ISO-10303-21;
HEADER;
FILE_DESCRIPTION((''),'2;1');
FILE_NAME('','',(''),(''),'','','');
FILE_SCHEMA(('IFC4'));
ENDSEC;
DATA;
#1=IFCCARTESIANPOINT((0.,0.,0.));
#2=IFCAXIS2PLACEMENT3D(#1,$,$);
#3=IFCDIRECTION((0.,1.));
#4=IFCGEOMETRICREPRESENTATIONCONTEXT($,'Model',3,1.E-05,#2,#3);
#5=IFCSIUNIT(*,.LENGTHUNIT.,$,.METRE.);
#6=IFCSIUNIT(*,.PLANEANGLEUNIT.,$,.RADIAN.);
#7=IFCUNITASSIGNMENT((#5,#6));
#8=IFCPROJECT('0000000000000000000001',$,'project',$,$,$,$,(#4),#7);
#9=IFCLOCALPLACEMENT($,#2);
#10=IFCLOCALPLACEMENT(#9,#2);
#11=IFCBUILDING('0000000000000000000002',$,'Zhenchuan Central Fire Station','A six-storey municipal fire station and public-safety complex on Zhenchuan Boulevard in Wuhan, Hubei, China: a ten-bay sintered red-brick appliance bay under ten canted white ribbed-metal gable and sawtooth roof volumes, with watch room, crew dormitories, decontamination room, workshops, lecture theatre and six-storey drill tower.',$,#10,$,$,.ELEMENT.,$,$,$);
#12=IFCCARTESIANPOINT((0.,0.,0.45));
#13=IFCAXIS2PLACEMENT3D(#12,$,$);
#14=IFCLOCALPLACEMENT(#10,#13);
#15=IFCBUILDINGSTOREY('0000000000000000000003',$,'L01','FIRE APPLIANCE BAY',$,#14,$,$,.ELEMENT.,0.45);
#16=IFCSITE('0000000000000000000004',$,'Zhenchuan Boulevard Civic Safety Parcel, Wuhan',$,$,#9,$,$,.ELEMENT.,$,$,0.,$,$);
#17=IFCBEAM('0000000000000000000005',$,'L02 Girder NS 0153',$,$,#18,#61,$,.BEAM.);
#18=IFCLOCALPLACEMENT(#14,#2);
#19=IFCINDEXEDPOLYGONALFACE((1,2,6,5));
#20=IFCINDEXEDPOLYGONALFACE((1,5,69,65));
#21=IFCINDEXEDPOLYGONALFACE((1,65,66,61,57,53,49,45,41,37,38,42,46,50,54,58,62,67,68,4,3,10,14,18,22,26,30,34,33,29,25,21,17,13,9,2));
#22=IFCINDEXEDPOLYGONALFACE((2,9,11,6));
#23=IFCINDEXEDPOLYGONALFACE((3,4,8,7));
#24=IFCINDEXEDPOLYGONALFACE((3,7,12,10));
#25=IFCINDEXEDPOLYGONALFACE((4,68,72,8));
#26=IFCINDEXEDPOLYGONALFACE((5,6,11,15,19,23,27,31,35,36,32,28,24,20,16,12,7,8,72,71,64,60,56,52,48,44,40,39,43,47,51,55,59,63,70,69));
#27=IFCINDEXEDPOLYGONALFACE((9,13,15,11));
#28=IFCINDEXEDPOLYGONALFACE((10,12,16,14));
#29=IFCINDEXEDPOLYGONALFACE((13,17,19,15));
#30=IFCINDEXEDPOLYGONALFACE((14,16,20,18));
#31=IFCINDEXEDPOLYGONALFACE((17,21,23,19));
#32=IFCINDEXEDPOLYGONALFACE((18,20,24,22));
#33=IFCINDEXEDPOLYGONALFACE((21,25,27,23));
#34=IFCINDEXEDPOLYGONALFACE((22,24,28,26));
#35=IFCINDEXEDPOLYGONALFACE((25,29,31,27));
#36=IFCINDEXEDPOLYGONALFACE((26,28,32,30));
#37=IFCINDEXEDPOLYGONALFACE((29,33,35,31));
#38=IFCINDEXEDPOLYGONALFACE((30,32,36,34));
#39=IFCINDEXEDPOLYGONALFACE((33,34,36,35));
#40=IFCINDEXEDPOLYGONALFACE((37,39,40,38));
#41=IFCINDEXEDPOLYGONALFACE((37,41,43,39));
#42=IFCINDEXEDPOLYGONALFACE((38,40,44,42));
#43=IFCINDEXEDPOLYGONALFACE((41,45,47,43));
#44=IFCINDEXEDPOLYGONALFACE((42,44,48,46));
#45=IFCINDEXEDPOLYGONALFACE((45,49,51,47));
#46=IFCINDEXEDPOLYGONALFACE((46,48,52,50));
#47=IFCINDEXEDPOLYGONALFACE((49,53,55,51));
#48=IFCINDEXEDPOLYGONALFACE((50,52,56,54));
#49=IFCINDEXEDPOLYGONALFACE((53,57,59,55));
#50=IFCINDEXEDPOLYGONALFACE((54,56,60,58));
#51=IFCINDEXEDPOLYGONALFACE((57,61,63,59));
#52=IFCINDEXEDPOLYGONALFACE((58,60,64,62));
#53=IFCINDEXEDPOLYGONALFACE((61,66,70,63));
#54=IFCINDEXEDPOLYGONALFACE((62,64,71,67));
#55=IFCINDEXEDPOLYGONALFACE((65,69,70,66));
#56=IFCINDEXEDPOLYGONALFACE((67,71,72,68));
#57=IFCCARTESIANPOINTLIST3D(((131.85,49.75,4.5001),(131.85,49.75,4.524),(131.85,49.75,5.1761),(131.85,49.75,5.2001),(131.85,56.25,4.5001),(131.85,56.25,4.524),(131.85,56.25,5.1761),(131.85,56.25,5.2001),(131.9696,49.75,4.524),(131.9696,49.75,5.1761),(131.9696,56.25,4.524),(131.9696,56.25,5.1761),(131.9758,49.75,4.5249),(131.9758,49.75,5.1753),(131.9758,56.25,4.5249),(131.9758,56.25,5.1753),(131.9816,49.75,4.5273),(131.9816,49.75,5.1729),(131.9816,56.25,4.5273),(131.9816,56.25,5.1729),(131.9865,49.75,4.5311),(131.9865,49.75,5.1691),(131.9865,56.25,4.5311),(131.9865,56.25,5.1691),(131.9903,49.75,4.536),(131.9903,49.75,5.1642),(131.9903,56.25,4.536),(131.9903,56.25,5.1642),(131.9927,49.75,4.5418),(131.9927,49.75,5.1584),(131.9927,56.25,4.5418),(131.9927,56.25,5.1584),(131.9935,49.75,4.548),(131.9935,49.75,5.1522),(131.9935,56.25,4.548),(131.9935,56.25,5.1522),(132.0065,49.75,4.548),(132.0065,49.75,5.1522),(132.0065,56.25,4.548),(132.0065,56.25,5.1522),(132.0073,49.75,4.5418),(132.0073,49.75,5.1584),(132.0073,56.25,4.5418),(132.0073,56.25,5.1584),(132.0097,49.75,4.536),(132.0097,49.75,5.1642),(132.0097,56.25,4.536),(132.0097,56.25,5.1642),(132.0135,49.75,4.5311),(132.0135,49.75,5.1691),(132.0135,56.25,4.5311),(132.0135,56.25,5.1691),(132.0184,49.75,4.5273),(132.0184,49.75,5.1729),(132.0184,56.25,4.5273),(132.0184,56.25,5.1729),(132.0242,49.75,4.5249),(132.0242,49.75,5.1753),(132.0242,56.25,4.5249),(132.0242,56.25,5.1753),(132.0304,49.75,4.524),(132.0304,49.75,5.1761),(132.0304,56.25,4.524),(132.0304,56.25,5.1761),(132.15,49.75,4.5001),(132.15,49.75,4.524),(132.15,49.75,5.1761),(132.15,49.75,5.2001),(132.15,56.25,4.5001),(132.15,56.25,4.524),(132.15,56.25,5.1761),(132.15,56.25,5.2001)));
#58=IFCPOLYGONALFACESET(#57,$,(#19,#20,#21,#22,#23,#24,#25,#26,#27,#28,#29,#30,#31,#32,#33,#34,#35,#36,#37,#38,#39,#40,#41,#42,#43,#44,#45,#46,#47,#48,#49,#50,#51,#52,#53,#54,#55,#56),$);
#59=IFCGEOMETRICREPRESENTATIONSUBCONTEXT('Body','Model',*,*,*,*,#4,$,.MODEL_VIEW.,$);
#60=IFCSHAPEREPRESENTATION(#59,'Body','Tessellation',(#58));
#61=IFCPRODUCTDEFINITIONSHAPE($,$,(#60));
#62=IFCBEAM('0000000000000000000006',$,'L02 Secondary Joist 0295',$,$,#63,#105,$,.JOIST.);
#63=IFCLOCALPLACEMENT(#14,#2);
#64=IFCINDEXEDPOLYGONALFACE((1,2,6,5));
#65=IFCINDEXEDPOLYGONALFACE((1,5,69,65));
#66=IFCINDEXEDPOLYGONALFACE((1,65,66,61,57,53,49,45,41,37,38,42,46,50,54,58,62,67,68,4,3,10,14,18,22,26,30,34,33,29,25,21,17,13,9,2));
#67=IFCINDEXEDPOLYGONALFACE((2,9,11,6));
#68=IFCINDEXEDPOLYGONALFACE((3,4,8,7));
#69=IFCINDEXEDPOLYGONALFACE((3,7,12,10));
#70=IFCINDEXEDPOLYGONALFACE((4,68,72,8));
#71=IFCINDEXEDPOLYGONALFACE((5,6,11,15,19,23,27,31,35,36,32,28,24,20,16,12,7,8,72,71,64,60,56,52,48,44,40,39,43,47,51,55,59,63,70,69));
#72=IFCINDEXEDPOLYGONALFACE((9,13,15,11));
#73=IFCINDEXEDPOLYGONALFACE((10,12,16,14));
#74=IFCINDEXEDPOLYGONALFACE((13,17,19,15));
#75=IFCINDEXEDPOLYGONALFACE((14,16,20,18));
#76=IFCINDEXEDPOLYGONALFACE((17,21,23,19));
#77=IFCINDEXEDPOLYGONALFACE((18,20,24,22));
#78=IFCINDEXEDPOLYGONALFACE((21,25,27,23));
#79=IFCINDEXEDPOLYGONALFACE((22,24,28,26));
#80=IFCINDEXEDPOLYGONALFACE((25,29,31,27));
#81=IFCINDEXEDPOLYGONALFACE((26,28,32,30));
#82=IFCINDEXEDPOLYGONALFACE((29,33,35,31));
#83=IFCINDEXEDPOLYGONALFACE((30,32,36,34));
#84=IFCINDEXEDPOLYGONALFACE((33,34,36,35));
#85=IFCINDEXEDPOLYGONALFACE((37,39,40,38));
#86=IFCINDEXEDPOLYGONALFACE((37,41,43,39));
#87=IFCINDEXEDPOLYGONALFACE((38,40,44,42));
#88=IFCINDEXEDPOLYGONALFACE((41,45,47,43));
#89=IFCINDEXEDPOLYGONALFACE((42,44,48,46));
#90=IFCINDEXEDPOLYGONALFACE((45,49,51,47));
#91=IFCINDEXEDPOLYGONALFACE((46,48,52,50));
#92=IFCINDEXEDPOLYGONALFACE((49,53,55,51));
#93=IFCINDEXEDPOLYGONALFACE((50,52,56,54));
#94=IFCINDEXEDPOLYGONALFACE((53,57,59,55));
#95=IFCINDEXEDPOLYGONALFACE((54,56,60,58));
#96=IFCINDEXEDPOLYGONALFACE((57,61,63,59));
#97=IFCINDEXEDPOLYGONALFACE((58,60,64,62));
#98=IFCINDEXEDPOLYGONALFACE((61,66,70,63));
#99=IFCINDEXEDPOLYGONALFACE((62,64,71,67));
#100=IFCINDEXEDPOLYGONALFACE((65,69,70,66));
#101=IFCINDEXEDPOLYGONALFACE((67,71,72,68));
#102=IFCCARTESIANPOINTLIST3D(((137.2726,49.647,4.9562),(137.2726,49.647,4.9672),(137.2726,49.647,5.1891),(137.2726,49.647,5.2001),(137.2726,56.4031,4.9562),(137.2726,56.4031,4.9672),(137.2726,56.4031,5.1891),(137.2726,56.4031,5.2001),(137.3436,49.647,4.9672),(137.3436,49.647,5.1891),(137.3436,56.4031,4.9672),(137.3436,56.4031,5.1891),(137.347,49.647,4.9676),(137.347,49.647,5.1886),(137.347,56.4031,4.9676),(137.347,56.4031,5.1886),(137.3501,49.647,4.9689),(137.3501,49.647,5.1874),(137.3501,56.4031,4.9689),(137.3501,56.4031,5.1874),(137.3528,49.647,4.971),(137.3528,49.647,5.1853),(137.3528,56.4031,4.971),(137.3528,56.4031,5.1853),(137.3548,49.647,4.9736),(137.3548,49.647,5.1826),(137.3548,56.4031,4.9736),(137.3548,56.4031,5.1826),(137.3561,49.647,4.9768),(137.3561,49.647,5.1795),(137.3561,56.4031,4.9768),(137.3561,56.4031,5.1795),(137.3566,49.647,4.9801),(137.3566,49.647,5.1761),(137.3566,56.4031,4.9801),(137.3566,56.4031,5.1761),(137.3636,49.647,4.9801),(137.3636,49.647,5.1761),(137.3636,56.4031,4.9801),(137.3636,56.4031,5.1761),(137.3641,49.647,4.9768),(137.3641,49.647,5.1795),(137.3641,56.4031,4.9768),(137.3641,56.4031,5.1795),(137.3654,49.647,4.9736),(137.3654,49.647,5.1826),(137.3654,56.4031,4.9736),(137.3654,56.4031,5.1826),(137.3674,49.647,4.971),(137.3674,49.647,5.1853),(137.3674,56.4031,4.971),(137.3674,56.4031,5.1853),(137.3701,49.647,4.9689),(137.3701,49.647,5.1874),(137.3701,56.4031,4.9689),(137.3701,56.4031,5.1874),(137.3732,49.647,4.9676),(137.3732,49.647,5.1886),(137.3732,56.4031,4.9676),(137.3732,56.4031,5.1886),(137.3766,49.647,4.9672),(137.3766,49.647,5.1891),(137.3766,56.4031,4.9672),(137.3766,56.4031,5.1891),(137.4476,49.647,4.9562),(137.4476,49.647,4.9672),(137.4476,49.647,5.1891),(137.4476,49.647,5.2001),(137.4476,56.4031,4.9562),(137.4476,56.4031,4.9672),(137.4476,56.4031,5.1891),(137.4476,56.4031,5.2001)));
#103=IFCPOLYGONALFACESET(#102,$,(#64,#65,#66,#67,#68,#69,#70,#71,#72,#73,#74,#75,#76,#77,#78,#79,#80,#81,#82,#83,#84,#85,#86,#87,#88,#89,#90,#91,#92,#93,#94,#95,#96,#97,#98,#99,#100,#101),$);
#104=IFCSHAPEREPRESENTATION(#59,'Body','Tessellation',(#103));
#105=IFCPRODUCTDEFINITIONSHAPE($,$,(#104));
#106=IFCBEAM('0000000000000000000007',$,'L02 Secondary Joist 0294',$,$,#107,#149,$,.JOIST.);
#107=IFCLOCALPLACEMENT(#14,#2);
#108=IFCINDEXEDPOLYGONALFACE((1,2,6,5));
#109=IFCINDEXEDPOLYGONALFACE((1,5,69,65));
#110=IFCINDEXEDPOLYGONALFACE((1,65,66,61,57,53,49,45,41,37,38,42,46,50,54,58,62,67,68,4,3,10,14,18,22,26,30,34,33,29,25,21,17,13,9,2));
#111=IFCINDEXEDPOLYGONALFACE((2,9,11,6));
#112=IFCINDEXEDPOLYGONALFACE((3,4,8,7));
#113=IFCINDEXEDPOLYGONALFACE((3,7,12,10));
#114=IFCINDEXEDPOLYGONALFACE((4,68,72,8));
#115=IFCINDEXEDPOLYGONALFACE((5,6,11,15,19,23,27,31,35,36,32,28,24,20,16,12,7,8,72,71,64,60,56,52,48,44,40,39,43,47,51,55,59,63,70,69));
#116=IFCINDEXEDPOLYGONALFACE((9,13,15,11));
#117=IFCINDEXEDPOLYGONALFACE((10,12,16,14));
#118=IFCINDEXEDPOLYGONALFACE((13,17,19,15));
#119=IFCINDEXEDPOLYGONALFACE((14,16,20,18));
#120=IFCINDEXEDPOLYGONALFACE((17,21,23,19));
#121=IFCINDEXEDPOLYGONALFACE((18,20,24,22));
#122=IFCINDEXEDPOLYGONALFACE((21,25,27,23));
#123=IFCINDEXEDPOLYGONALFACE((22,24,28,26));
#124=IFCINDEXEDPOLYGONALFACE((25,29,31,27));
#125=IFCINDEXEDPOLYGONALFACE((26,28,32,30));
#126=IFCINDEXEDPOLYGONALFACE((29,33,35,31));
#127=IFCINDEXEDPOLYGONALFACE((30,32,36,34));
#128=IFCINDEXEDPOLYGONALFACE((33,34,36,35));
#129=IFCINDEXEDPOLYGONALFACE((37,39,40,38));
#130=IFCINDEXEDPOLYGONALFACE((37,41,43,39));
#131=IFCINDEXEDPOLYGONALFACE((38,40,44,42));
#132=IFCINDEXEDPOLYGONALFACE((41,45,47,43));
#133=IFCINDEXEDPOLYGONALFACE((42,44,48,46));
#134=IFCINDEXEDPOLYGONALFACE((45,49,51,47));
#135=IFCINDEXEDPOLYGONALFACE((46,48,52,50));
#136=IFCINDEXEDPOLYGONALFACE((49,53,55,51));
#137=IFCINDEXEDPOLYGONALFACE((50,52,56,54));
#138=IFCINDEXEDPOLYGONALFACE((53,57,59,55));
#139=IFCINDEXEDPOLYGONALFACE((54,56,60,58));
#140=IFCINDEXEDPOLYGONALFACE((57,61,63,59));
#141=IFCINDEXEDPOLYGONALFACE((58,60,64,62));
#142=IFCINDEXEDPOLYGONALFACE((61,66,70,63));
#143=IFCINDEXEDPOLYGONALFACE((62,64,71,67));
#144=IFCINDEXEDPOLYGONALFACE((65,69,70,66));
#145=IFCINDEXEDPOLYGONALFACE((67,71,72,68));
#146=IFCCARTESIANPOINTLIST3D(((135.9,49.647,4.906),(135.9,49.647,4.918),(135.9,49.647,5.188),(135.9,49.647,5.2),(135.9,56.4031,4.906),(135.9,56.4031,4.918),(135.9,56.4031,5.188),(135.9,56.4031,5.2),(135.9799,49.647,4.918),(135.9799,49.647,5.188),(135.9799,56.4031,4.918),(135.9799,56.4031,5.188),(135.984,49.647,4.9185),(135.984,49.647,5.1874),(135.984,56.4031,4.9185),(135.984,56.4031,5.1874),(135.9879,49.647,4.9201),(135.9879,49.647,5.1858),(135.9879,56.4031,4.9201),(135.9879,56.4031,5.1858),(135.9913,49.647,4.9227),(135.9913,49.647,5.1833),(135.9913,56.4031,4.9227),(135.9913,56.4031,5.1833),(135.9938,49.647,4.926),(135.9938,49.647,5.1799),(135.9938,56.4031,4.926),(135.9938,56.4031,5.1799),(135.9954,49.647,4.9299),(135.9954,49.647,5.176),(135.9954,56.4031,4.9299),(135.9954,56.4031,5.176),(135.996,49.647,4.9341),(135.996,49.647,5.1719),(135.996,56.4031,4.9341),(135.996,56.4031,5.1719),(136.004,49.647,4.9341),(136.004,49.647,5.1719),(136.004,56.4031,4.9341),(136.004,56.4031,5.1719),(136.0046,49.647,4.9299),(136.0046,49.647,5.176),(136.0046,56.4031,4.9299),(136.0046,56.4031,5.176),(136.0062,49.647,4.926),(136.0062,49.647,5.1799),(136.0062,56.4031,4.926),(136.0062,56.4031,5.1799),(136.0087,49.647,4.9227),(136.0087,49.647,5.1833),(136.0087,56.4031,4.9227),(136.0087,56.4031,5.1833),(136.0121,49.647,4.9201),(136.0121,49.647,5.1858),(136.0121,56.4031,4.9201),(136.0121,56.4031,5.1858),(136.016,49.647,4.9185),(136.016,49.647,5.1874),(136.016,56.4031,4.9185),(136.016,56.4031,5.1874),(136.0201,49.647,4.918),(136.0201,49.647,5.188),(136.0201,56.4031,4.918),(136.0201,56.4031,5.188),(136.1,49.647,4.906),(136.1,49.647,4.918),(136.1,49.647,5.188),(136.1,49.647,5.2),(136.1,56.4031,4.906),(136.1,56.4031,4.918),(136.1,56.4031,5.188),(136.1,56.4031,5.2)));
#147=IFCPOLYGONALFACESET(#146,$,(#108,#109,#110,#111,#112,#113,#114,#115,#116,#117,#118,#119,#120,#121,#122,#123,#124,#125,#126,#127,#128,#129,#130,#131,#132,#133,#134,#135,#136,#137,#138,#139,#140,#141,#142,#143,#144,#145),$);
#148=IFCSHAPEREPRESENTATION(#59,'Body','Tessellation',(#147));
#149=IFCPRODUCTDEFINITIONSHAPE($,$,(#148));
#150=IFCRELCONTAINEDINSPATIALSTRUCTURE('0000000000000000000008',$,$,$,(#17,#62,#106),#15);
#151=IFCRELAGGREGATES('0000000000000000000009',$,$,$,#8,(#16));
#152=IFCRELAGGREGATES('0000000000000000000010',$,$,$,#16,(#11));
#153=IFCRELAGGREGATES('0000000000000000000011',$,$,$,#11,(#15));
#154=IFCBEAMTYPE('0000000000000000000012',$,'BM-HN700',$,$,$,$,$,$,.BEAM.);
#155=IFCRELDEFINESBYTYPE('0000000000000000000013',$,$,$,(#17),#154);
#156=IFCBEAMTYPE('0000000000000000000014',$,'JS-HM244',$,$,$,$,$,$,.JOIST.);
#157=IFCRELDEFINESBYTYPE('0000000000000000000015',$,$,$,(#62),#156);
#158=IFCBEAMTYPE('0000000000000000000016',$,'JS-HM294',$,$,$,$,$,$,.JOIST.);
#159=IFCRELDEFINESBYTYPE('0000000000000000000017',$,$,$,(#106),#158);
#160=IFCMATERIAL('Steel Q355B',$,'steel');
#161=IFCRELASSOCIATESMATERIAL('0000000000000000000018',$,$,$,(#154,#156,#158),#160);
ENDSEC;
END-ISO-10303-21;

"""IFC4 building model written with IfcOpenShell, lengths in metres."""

from ifc_helpers import new_model, si_unit, direction, frame, origin, origin_2d, place, context, subcontext, project, spatial, i_section, extrude, material, material_profile, profile_set, type_object, element, save


model = new_model("IFC4")

# Units and contexts
model_context = context("Model", 3, precision=1e-05, world=origin(), true_north=direction((0.0, 1.0)))
body_context = subcontext(model_context, "Body", "Model", "MODEL_VIEW")
ifc_project = project(units=[si_unit("LENGTHUNIT", "METRE"), si_unit("PLANEANGLEUNIT", "RADIAN")], contexts=[model_context])

# Site, building, storey
site_placement = place(None, origin())
site = spatial("IfcSite", under=ifc_project, at=site_placement, Name="Zhenchuan Boulevard Civic Safety Parcel, Wuhan", CompositionType="ELEMENT", RefElevation=0.0)
building_placement = place(site_placement, origin())
building = spatial("IfcBuilding", under=site, at=building_placement, Name="Zhenchuan Central Fire Station", Description="A six-storey municipal fire station and public-safety complex on Zhenchuan Boulevard in Wuhan, Hubei, China: a ten-bay sintered red-brick appliance bay under ten canted white ribbed-metal gable and sawtooth roof volumes, with watch room, crew dormitories, decontamination room, workshops, lecture theatre and six-storey drill tower.", CompositionType="ELEMENT")
storey_placement = place(building_placement, frame((0.0, 0.0, 0.45)))
storey = spatial("IfcBuildingStorey", under=building, at=storey_placement, Name="L01", Description="FIRE APPLIANCE BAY", CompositionType="ELEMENT", Elevation=0.45)

# Beams
ifc_material_1 = material(Name="Steel Q355B", Category="steel")
ifc_material_profile_1 = material_profile(ifc_material_1, i_section(OverallWidth=0.3, OverallDepth=0.7, WebThickness=0.0129, FlangeThickness=0.0239, FilletRadius=0.0239, at=origin_2d()), Name="HN 700x300")
ifc_profile_set_1 = profile_set([ifc_material_profile_1], Name="Steel Q355B")
beam_type_1 = type_object("IfcBeamType", Name="BM-HN700", PredefinedType="BEAM", material=ifc_profile_set_1)
beam_1_placement = place(storey_placement, frame((132.0, 49.75, 4.8501), z_axis=(0.0, 1.0, 0.0), x_axis=(-1.0, 0.0, 0.0)))
element("IfcBeam", 1, at=beam_1_placement, inside=storey, type_object=beam_type_1, Name="L02 Girder NS 0153", PredefinedType="BEAM", context=body_context, shape_type="SweptSolid", body=[
    extrude(i_section(OverallWidth=0.3, OverallDepth=0.7, WebThickness=0.0129, FlangeThickness=0.0239, FilletRadius=0.0239, at=origin_2d()), origin(), (0.0, 0.0, 1.0), 6.5),
])
ifc_material_profile_2 = material_profile(ifc_material_1, i_section(OverallWidth=0.175, OverallDepth=0.2439, WebThickness=0.0071, FlangeThickness=0.011, FilletRadius=0.0129, at=origin_2d()), Name="HM 244x175")
ifc_profile_set_2 = profile_set([ifc_material_profile_2], Name="Steel Q355B")
beam_type_2 = type_object("IfcBeamType", Name="JS-HM244", PredefinedType="JOIST", material=ifc_profile_set_2)
beam_2_placement = place(storey_placement, frame((137.3601, 49.647, 5.0781), z_axis=(0.0, 1.0, 0.0), x_axis=(-1.0, 0.0, 0.0)))
element("IfcBeam", 2, at=beam_2_placement, inside=storey, type_object=beam_type_2, Name="L02 Secondary Joist 0295", PredefinedType="JOIST", context=body_context, shape_type="SweptSolid", body=[
    extrude(i_section(OverallWidth=0.175, OverallDepth=0.2439, WebThickness=0.0071, FlangeThickness=0.011, FilletRadius=0.0129, at=origin_2d()), origin(), (0.0, 0.0, 1.0), 6.7561),
])
ifc_material_profile_3 = material_profile(ifc_material_1, i_section(OverallWidth=0.2, OverallDepth=0.2939, WebThickness=0.0081, FlangeThickness=0.012, FilletRadius=0.0161, at=origin_2d()), Name="HM 294x200")
ifc_profile_set_3 = profile_set([ifc_material_profile_3], Name="Steel Q355B")
beam_type_3 = type_object("IfcBeamType", Name="JS-HM294", PredefinedType="JOIST", material=ifc_profile_set_3)
beam_3_placement = place(storey_placement, frame((136.0, 49.647, 5.053), z_axis=(0.0, 1.0, 0.0), x_axis=(-1.0, 0.0, 0.0)))
element("IfcBeam", 3, at=beam_3_placement, inside=storey, type_object=beam_type_3, Name="L02 Secondary Joist 0294", PredefinedType="JOIST", context=body_context, shape_type="SweptSolid", body=[
    extrude(i_section(OverallWidth=0.2, OverallDepth=0.2939, WebThickness=0.0081, FlangeThickness=0.012, FilletRadius=0.0161, at=origin_2d()), origin(), (0.0, 0.0, 1.0), 6.7561),
])

save(model, "model.ifc")
